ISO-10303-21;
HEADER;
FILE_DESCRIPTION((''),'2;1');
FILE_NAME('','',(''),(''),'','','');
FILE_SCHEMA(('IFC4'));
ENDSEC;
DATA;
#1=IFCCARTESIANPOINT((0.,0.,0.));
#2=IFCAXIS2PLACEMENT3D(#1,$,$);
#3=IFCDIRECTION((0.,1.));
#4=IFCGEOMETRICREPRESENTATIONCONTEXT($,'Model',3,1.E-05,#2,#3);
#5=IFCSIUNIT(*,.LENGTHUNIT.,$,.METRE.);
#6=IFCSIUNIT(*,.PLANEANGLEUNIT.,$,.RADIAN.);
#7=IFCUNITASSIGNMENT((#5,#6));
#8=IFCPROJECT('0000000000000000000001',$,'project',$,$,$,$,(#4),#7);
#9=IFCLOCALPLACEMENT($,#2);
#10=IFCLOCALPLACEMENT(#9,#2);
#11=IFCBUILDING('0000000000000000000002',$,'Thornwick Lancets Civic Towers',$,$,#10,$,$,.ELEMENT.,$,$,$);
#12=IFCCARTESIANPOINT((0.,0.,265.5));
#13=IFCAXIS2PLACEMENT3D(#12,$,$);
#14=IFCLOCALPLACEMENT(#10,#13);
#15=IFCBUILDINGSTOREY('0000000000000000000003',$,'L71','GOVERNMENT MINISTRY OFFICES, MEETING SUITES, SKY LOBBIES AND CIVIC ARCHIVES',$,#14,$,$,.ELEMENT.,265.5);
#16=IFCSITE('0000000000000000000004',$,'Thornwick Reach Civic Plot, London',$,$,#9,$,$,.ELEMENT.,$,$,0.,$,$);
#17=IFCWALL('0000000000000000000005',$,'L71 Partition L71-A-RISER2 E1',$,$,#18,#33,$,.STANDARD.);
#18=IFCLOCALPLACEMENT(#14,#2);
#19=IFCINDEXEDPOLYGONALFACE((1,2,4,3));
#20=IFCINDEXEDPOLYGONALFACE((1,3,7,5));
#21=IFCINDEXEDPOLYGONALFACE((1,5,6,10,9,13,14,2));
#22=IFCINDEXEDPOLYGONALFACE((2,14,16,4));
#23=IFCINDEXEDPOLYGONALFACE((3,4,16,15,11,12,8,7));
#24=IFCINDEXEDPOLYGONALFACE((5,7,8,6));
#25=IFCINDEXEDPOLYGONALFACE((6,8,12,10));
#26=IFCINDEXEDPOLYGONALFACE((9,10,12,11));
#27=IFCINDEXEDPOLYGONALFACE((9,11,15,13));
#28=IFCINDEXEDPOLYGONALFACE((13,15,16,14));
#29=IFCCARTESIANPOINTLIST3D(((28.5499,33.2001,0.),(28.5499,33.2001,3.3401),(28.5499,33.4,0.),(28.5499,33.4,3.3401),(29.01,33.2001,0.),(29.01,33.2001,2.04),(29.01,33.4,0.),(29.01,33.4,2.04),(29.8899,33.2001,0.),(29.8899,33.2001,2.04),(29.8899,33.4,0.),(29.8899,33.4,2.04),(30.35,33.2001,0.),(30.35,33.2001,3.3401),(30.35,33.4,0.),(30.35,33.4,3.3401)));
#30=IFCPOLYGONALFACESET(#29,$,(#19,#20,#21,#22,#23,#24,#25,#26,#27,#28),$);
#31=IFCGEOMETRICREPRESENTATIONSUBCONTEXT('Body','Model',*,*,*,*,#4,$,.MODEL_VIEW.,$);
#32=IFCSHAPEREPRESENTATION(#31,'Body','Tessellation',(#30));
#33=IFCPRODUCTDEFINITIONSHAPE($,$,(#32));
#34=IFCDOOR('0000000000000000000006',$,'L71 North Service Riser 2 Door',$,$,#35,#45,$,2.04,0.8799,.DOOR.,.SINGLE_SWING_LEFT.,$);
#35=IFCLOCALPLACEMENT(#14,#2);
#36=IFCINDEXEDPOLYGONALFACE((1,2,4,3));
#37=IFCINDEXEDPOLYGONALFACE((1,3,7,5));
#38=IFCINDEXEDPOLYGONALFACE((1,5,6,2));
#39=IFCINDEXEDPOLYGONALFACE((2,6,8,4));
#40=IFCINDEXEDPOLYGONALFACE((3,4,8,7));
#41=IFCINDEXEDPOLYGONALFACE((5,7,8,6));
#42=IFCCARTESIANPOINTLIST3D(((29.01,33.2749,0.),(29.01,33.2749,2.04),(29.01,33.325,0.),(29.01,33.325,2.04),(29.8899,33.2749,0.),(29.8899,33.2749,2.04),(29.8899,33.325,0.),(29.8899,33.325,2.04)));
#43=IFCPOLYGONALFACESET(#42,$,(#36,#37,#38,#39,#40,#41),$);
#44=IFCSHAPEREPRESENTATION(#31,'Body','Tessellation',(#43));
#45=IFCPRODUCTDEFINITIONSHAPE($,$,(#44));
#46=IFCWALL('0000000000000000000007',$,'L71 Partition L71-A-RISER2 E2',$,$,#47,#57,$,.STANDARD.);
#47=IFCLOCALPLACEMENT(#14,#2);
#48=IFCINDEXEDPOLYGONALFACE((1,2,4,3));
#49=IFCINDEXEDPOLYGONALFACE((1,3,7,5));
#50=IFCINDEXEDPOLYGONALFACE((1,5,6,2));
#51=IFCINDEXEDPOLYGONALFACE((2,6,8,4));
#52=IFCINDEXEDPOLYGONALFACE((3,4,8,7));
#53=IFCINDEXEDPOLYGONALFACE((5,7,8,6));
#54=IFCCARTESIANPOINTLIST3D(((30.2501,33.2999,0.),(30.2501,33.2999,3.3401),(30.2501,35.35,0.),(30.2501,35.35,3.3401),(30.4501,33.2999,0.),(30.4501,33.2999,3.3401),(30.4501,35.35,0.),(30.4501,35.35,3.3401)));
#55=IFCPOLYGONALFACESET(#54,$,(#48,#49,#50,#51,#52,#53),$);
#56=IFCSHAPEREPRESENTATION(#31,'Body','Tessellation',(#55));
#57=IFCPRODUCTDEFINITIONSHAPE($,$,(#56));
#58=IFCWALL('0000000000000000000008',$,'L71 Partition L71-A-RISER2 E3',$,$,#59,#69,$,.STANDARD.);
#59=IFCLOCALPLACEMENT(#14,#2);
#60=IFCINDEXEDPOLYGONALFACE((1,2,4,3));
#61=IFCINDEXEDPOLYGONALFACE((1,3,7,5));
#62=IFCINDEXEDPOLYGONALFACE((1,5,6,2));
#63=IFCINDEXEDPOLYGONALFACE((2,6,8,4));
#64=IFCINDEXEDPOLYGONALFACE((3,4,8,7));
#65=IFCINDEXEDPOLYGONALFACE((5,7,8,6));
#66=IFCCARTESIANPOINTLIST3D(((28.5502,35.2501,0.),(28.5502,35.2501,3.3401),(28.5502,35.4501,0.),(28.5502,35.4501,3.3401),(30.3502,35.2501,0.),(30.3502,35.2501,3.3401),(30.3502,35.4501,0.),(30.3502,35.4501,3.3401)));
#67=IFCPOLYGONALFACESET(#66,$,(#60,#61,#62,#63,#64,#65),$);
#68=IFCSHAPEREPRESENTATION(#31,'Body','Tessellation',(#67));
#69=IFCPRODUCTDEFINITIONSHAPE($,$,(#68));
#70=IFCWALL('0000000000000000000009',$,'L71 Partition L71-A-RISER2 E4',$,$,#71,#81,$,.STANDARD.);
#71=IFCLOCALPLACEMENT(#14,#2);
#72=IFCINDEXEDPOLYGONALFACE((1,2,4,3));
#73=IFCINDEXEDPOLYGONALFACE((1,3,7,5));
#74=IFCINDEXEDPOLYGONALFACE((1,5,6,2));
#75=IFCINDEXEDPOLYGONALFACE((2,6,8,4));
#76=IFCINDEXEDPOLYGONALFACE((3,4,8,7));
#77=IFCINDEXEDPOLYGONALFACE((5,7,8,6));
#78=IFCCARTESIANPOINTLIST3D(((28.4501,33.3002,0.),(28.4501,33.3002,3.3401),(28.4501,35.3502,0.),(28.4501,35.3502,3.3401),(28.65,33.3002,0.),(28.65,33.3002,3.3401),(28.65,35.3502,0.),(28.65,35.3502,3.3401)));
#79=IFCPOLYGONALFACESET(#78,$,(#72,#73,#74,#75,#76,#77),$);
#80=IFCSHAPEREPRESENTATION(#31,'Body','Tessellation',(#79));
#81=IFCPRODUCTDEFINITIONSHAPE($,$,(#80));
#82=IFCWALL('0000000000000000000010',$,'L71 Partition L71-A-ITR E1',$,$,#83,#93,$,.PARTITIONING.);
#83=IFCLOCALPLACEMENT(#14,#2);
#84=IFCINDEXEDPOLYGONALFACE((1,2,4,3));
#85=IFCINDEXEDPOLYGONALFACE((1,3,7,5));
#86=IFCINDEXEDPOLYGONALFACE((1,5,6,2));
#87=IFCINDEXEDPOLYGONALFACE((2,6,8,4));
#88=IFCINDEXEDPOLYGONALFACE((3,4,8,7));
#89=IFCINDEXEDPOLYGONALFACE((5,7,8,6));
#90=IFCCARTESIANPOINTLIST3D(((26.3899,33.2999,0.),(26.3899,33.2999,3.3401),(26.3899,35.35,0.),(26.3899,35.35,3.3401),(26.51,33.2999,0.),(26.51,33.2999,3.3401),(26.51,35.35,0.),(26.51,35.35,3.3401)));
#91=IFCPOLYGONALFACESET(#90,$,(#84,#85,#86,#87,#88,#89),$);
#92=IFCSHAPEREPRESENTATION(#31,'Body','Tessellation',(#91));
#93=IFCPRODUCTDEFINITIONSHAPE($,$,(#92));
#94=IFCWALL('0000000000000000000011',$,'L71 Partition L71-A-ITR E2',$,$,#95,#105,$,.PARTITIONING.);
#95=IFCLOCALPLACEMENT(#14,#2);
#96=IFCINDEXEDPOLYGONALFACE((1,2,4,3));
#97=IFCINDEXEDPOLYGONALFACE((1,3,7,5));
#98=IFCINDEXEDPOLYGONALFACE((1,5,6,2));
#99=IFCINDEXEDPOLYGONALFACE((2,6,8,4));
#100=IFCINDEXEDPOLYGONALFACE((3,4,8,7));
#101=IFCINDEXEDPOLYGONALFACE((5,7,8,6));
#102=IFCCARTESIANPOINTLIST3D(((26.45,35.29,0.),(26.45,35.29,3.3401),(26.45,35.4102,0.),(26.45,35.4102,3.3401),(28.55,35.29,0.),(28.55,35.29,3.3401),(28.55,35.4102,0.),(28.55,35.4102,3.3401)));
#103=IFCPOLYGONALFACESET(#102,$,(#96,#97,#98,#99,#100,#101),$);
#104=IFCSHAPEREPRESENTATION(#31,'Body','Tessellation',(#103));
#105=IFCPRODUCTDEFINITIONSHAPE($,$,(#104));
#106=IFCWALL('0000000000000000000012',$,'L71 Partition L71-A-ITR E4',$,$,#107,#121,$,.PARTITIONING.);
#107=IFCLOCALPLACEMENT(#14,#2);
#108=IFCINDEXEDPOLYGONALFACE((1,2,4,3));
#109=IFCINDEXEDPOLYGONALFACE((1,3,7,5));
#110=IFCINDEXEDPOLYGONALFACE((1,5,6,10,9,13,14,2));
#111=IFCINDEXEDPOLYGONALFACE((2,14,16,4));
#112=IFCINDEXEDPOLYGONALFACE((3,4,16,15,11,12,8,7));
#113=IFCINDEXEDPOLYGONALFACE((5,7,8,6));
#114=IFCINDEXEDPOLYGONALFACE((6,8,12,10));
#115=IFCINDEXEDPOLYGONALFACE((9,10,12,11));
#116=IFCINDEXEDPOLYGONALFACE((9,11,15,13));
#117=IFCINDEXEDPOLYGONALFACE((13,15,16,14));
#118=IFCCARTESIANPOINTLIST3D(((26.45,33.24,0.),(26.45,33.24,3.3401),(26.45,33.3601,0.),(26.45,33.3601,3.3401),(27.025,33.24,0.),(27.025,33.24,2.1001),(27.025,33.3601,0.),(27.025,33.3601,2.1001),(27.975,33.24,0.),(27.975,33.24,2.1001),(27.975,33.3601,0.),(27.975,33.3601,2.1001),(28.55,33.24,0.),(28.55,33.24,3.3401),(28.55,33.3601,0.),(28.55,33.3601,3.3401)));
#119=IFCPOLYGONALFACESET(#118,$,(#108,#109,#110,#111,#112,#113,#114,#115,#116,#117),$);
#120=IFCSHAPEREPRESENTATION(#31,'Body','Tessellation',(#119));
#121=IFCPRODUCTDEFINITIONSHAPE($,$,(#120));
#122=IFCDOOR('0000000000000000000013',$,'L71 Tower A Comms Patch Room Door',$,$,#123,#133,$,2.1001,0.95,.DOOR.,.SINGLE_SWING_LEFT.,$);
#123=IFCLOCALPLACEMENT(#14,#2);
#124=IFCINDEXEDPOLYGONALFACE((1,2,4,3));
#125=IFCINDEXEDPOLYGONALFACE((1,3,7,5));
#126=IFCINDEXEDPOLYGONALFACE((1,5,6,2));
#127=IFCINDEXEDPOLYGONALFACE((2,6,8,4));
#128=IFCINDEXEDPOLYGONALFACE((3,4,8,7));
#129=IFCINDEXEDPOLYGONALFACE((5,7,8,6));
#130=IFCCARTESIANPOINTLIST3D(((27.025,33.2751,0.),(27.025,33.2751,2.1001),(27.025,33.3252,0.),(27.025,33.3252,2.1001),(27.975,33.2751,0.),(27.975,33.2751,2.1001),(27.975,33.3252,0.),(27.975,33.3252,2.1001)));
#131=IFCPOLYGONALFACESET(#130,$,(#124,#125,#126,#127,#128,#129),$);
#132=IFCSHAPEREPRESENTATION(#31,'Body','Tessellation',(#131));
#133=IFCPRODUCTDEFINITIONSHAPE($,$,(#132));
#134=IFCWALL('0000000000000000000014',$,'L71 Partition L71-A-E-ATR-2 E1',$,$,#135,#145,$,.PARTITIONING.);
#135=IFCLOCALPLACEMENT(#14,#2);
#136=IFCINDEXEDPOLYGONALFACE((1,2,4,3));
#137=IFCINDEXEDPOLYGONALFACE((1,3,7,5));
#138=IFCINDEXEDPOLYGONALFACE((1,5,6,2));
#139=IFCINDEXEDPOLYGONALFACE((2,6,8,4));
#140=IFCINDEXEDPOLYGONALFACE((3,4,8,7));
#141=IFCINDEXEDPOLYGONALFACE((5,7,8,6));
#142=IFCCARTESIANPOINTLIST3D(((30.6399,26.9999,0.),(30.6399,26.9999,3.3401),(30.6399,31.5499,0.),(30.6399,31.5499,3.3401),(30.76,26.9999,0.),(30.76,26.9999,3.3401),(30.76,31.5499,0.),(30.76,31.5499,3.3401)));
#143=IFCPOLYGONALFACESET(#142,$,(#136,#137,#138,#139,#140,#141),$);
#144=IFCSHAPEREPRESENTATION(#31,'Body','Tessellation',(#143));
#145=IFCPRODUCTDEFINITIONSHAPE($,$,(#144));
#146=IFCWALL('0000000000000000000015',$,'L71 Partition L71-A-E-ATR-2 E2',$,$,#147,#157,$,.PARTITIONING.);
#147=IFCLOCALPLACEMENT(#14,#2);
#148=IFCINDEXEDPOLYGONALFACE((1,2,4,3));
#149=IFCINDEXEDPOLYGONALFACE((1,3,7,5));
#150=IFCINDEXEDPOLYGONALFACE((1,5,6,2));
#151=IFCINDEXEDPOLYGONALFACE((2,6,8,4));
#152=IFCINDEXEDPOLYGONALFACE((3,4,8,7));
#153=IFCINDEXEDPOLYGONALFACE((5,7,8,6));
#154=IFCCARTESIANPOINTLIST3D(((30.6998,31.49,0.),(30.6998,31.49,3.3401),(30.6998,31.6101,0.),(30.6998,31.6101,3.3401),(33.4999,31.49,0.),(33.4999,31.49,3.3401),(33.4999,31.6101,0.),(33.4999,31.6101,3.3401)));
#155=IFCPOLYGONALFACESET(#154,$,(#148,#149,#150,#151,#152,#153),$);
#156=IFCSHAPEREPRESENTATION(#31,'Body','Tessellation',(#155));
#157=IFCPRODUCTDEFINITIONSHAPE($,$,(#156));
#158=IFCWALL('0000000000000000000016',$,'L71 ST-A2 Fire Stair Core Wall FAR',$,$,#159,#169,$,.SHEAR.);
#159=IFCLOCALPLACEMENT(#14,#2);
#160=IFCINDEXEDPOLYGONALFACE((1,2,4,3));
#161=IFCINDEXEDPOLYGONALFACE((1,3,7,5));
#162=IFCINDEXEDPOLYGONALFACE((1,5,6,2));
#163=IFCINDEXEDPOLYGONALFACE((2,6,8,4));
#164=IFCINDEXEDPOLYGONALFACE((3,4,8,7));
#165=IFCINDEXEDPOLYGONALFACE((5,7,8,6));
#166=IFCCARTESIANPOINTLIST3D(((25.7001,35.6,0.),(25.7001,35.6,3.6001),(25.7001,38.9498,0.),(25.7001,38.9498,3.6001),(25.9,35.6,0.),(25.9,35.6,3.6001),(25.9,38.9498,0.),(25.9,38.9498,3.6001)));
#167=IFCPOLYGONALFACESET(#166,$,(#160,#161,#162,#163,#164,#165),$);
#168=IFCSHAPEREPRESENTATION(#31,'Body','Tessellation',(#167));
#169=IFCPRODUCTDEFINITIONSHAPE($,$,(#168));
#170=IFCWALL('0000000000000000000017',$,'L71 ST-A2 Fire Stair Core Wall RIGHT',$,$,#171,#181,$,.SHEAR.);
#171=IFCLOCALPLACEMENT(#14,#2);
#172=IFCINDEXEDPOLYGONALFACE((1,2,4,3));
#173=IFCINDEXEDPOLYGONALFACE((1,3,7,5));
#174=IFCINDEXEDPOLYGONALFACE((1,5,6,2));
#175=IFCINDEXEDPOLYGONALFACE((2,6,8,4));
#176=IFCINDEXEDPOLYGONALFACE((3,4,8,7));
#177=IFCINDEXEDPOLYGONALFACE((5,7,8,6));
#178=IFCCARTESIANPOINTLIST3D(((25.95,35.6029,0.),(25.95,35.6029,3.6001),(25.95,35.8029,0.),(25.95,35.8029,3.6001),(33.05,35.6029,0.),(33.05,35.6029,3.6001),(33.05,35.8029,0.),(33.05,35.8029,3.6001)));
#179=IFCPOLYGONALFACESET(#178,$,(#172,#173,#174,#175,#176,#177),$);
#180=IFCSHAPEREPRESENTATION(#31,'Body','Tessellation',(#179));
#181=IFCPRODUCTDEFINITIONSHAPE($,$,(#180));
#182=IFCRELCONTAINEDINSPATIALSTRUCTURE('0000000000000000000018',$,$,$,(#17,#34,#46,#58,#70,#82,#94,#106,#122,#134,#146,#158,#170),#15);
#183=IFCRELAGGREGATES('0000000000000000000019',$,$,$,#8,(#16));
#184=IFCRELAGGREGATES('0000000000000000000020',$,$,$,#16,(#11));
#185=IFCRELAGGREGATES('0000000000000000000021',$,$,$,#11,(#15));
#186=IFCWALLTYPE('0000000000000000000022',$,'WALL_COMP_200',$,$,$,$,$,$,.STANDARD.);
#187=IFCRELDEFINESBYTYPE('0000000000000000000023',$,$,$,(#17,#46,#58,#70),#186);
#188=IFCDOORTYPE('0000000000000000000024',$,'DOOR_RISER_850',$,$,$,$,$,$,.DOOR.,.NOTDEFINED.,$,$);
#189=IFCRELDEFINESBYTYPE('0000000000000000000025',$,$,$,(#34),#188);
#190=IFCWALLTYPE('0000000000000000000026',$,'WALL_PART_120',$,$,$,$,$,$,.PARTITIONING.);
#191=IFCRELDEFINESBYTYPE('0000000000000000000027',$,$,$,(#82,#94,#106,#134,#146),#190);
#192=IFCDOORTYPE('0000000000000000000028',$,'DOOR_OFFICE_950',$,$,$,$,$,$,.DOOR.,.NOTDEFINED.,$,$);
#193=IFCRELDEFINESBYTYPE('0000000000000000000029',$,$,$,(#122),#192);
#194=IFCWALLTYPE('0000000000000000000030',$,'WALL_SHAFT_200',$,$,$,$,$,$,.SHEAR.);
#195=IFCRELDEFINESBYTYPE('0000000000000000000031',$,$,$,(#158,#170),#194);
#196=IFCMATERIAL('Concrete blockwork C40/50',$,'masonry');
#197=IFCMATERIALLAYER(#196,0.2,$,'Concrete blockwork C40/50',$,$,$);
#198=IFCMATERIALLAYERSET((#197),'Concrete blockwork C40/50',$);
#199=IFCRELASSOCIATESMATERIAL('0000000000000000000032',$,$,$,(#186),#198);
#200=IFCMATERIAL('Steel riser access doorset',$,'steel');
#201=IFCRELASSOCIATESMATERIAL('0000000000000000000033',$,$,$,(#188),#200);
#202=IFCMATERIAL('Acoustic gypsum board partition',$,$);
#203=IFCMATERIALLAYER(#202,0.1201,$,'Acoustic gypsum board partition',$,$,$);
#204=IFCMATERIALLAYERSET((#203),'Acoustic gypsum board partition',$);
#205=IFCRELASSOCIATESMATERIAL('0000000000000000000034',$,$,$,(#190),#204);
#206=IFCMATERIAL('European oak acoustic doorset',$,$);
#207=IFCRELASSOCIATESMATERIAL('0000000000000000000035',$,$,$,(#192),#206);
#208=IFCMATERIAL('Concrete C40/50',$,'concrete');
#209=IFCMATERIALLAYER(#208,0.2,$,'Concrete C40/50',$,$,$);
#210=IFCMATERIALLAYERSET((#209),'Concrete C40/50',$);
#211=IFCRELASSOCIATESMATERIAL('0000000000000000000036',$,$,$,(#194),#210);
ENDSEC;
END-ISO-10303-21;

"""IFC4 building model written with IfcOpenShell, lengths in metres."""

from ifc_helpers import new_model, si_unit, direction, frame, frame_2d, origin, place, context, subcontext, project, spatial, rectangle, extrude, material, layer, layer_set, type_object, element, fill, save


model = new_model("IFC4")

# Units and contexts
model_context = context("Model", 3, precision=1e-05, world=origin(), true_north=direction((0.0, 1.0)))
body_context = subcontext(model_context, "Body", "Model", "MODEL_VIEW")
ifc_project = project(units=[si_unit("LENGTHUNIT", "METRE"), si_unit("PLANEANGLEUNIT", "RADIAN")], contexts=[model_context])

# Site, building, storey
site_placement = place(None, origin())
site = spatial("IfcSite", under=ifc_project, at=site_placement, Name="Thornwick Reach Civic Plot, London", CompositionType="ELEMENT", RefElevation=0.0)
building_placement = place(site_placement, origin())
building = spatial("IfcBuilding", under=site, at=building_placement, Name="Thornwick Lancets Civic Towers", CompositionType="ELEMENT")
storey_placement = place(building_placement, frame((0.0, 0.0, 265.5)))
storey = spatial("IfcBuildingStorey", under=building, at=storey_placement, Name="L71", Description="GOVERNMENT MINISTRY OFFICES, MEETING SUITES, SKY LOBBIES AND CIVIC ARCHIVES", CompositionType="ELEMENT", Elevation=265.5)

# Shared definitions
ifc_material_1 = material(Name="Concrete C40/50", Category="concrete")

# Shared definitions
ifc_material_2 = material(Name="Concrete blockwork C40/50", Category="masonry")
ifc_layer_1 = layer(ifc_material_2, 0.2, Name="Concrete blockwork C40/50")
ifc_layer_set_1 = layer_set([ifc_layer_1], Name="Concrete blockwork C40/50")
wall_type_1 = type_object("IfcWallType", Name="WALL_COMP_200", PredefinedType="STANDARD", material=ifc_layer_set_1)

# Wall, opening, door
wall_1_placement = place(storey_placement, frame((28.55, 33.3, 0.0), z_axis=(0.0, 0.0, 1.0), x_axis=(1.0, 0.0, 0.0)))
wall_1 = element("IfcWall", 1, at=wall_1_placement, inside=storey, type_object=wall_type_1, Name="L71 Partition L71-A-RISER2 E1", PredefinedType="STANDARD", context=body_context, shape_type="SweptSolid", body=[
    extrude(rectangle(XDim=1.8, YDim=0.2, at=frame_2d((0.8999, 0.0))), origin(), (0.0, 0.0, 1.0), 3.3401),
])
opening_1_placement = place(wall_1_placement, frame((0.46, 0.0, 0.0)))
opening_1 = element("IfcOpeningElement", 2, at=opening_1_placement, cuts=wall_1, PredefinedType="OPENING", context=body_context, shape_type="SweptSolid", body=[
    extrude(rectangle(XDim=0.8799, YDim=2.04, at=frame_2d((0.4399, 1.02))), frame((0.0, 0.1099, 0.0), z_axis=(0.0, -1.0, 0.0), x_axis=(1.0, 0.0, 0.0)), (0.0, 0.0, 1.0), 0.22),
])
ifc_material_3 = material(Name="Steel riser access doorset", Category="steel")
door_type_1 = type_object("IfcDoorType", Name="DOOR_RISER_850", OperationType="NOTDEFINED", PredefinedType="DOOR", material=ifc_material_3)
door_1_placement = place(opening_1_placement, origin())
door_1 = element("IfcDoor", 3, at=door_1_placement, inside=storey, type_object=door_type_1, Name="L71 North Service Riser 2 Door", OperationType="SINGLE_SWING_LEFT", OverallHeight=2.04, OverallWidth=0.8799, PredefinedType="DOOR", context=body_context, shape_type="SweptSolid", body=[
    extrude(rectangle(XDim=0.8799, YDim=2.04, at=frame_2d((0.4399, 1.02))), frame((0.0, 0.0249, 0.0), z_axis=(0.0, -1.0, 0.0), x_axis=(1.0, 0.0, 0.0)), (0.0, 0.0, 1.0), 0.05),
])
fill(opening_1, door_1)

# Walls
wall_2_placement = place(storey_placement, frame((30.3501, 33.3, 0.0), z_axis=(0.0, 0.0, 1.0), x_axis=(0.0, 1.0, 0.0)))
element("IfcWall", 4, at=wall_2_placement, inside=storey, type_object=wall_type_1, Name="L71 Partition L71-A-RISER2 E2", PredefinedType="STANDARD", context=body_context, shape_type="SweptSolid", body=[
    extrude(rectangle(XDim=2.05, YDim=0.2, at=frame_2d((1.0249, 0.0))), origin(), (0.0, 0.0, 1.0), 3.3401),
])
wall_3_placement = place(storey_placement, frame((30.3501, 35.3501, 0.0), z_axis=(0.0, 0.0, 1.0), x_axis=(-1.0, 0.0, 0.0)))
element("IfcWall", 5, at=wall_3_placement, inside=storey, type_object=wall_type_1, Name="L71 Partition L71-A-RISER2 E3", PredefinedType="STANDARD", context=body_context, shape_type="SweptSolid", body=[
    extrude(rectangle(XDim=1.8, YDim=0.2, at=frame_2d((0.8999, 0.0))), origin(), (0.0, 0.0, 1.0), 3.3401),
])
wall_4_placement = place(storey_placement, frame((28.55, 35.3501, 0.0), z_axis=(0.0, 0.0, 1.0), x_axis=(0.0, -1.0, 0.0)))
element("IfcWall", 6, at=wall_4_placement, inside=storey, type_object=wall_type_1, Name="L71 Partition L71-A-RISER2 E4", PredefinedType="STANDARD", context=body_context, shape_type="SweptSolid", body=[
    extrude(rectangle(XDim=2.05, YDim=0.2, at=frame_2d((1.0249, 0.0))), origin(), (0.0, 0.0, 1.0), 3.3401),
])
ifc_material_4 = material(Name="Acoustic gypsum board partition")
ifc_layer_2 = layer(ifc_material_4, 0.1201, Name="Acoustic gypsum board partition")
ifc_layer_set_2 = layer_set([ifc_layer_2], Name="Acoustic gypsum board partition")
wall_type_2 = type_object("IfcWallType", Name="WALL_PART_120", PredefinedType="PARTITIONING", material=ifc_layer_set_2)
wall_5_placement = place(storey_placement, frame((26.45, 33.3, 0.0), z_axis=(0.0, 0.0, 1.0), x_axis=(0.0, 1.0, 0.0)))
element("IfcWall", 7, at=wall_5_placement, inside=storey, type_object=wall_type_2, Name="L71 Partition L71-A-ITR E1", PredefinedType="PARTITIONING", context=body_context, shape_type="SweptSolid", body=[
    extrude(rectangle(XDim=2.05, YDim=0.1201, at=frame_2d((1.0249, 0.0))), origin(), (0.0, 0.0, 1.0), 3.3401),
])
wall_6_placement = place(storey_placement, frame((26.45, 35.3501, 0.0), z_axis=(0.0, 0.0, 1.0), x_axis=(1.0, 0.0, 0.0)))
element("IfcWall", 8, at=wall_6_placement, inside=storey, type_object=wall_type_2, Name="L71 Partition L71-A-ITR E2", PredefinedType="PARTITIONING", context=body_context, shape_type="SweptSolid", body=[
    extrude(rectangle(XDim=2.1001, YDim=0.1201, at=frame_2d((1.05, 0.0))), origin(), (0.0, 0.0, 1.0), 3.3401),
])

# Wall, opening, door
wall_7_placement = place(storey_placement, frame((28.55, 33.3, 0.0), z_axis=(0.0, 0.0, 1.0), x_axis=(-1.0, 0.0, 0.0)))
wall_7 = element("IfcWall", 9, at=wall_7_placement, inside=storey, type_object=wall_type_2, Name="L71 Partition L71-A-ITR E4", PredefinedType="PARTITIONING", context=body_context, shape_type="SweptSolid", body=[
    extrude(rectangle(XDim=2.1001, YDim=0.1201, at=frame_2d((1.05, 0.0))), origin(), (0.0, 0.0, 1.0), 3.3401),
])
opening_2_placement = place(wall_7_placement, frame((0.575, 0.0, 0.0)))
opening_2 = element("IfcOpeningElement", 10, at=opening_2_placement, cuts=wall_7, PredefinedType="OPENING", context=body_context, shape_type="SweptSolid", body=[
    extrude(rectangle(XDim=0.95, YDim=2.1001, at=frame_2d((0.4751, 1.05))), frame((0.0, 0.0701, 0.0), z_axis=(0.0, -1.0, 0.0), x_axis=(1.0, 0.0, 0.0)), (0.0, 0.0, 1.0), 0.1401),
])
ifc_material_5 = material(Name="European oak acoustic doorset")
door_type_2 = type_object("IfcDoorType", Name="DOOR_OFFICE_950", OperationType="NOTDEFINED", PredefinedType="DOOR", material=ifc_material_5)
door_2_placement = place(opening_2_placement, origin())
door_2 = element("IfcDoor", 11, at=door_2_placement, inside=storey, type_object=door_type_2, Name="L71 Tower A Comms Patch Room Door", OperationType="SINGLE_SWING_LEFT", OverallHeight=2.1001, OverallWidth=0.95, PredefinedType="DOOR", context=body_context, shape_type="SweptSolid", body=[
    extrude(rectangle(XDim=0.95, YDim=2.1001, at=frame_2d((0.4751, 1.05))), frame((0.0, 0.0249, 0.0), z_axis=(0.0, -1.0, 0.0), x_axis=(1.0, 0.0, 0.0)), (0.0, 0.0, 1.0), 0.05),
])
fill(opening_2, door_2)

# Walls
wall_8_placement = place(storey_placement, frame((30.7, 27.0, 0.0), z_axis=(0.0, 0.0, 1.0), x_axis=(0.0, 1.0, 0.0)))
element("IfcWall", 12, at=wall_8_placement, inside=storey, type_object=wall_type_2, Name="L71 Partition L71-A-E-ATR-2 E1", PredefinedType="PARTITIONING", context=body_context, shape_type="SweptSolid", body=[
    extrude(rectangle(XDim=4.55, YDim=0.1201, at=frame_2d((2.2749, 0.0))), origin(), (0.0, 0.0, 1.0), 3.3401),
])
wall_9_placement = place(storey_placement, frame((30.7, 31.55, 0.0), z_axis=(0.0, 0.0, 1.0), x_axis=(1.0, 0.0, 0.0)))
element("IfcWall", 13, at=wall_9_placement, inside=storey, type_object=wall_type_2, Name="L71 Partition L71-A-E-ATR-2 E2", PredefinedType="PARTITIONING", context=body_context, shape_type="SweptSolid", body=[
    extrude(rectangle(XDim=2.8, YDim=0.1201, at=frame_2d((1.3999, 0.0))), origin(), (0.0, 0.0, 1.0), 3.3401),
])
ifc_layer_3 = layer(ifc_material_1, 0.2, Name="Concrete C40/50")
ifc_layer_set_3 = layer_set([ifc_layer_3], Name="Concrete C40/50")
wall_type_3 = type_object("IfcWallType", Name="WALL_SHAFT_200", PredefinedType="SHEAR", material=ifc_layer_set_3)
wall_10_placement = place(storey_placement, frame((25.8, 35.6001, 0.0), z_axis=(0.0, 0.0, 1.0), x_axis=(0.0, 1.0, 0.0)))
element("IfcWall", 14, at=wall_10_placement, inside=storey, type_object=wall_type_3, Name="L71 ST-A2 Fire Stair Core Wall FAR", PredefinedType="SHEAR", context=body_context, shape_type="SweptSolid", body=[
    extrude(rectangle(XDim=3.3499, YDim=0.2, at=frame_2d((1.6748, 0.0))), origin(), (0.0, 0.0, 1.0), 3.6001),
])
wall_11_placement = place(storey_placement, frame((25.95, 35.7029, 0.0), z_axis=(0.0, 0.0, 1.0), x_axis=(1.0, 0.0, 0.0)))
element("IfcWall", 15, at=wall_11_placement, inside=storey, type_object=wall_type_3, Name="L71 ST-A2 Fire Stair Core Wall RIGHT", PredefinedType="SHEAR", context=body_context, shape_type="SweptSolid", body=[
    extrude(rectangle(XDim=7.1001, YDim=0.2, at=frame_2d((3.55, 0.0))), origin(), (0.0, 0.0, 1.0), 3.6001),
])

save(model, "model.ifc")
